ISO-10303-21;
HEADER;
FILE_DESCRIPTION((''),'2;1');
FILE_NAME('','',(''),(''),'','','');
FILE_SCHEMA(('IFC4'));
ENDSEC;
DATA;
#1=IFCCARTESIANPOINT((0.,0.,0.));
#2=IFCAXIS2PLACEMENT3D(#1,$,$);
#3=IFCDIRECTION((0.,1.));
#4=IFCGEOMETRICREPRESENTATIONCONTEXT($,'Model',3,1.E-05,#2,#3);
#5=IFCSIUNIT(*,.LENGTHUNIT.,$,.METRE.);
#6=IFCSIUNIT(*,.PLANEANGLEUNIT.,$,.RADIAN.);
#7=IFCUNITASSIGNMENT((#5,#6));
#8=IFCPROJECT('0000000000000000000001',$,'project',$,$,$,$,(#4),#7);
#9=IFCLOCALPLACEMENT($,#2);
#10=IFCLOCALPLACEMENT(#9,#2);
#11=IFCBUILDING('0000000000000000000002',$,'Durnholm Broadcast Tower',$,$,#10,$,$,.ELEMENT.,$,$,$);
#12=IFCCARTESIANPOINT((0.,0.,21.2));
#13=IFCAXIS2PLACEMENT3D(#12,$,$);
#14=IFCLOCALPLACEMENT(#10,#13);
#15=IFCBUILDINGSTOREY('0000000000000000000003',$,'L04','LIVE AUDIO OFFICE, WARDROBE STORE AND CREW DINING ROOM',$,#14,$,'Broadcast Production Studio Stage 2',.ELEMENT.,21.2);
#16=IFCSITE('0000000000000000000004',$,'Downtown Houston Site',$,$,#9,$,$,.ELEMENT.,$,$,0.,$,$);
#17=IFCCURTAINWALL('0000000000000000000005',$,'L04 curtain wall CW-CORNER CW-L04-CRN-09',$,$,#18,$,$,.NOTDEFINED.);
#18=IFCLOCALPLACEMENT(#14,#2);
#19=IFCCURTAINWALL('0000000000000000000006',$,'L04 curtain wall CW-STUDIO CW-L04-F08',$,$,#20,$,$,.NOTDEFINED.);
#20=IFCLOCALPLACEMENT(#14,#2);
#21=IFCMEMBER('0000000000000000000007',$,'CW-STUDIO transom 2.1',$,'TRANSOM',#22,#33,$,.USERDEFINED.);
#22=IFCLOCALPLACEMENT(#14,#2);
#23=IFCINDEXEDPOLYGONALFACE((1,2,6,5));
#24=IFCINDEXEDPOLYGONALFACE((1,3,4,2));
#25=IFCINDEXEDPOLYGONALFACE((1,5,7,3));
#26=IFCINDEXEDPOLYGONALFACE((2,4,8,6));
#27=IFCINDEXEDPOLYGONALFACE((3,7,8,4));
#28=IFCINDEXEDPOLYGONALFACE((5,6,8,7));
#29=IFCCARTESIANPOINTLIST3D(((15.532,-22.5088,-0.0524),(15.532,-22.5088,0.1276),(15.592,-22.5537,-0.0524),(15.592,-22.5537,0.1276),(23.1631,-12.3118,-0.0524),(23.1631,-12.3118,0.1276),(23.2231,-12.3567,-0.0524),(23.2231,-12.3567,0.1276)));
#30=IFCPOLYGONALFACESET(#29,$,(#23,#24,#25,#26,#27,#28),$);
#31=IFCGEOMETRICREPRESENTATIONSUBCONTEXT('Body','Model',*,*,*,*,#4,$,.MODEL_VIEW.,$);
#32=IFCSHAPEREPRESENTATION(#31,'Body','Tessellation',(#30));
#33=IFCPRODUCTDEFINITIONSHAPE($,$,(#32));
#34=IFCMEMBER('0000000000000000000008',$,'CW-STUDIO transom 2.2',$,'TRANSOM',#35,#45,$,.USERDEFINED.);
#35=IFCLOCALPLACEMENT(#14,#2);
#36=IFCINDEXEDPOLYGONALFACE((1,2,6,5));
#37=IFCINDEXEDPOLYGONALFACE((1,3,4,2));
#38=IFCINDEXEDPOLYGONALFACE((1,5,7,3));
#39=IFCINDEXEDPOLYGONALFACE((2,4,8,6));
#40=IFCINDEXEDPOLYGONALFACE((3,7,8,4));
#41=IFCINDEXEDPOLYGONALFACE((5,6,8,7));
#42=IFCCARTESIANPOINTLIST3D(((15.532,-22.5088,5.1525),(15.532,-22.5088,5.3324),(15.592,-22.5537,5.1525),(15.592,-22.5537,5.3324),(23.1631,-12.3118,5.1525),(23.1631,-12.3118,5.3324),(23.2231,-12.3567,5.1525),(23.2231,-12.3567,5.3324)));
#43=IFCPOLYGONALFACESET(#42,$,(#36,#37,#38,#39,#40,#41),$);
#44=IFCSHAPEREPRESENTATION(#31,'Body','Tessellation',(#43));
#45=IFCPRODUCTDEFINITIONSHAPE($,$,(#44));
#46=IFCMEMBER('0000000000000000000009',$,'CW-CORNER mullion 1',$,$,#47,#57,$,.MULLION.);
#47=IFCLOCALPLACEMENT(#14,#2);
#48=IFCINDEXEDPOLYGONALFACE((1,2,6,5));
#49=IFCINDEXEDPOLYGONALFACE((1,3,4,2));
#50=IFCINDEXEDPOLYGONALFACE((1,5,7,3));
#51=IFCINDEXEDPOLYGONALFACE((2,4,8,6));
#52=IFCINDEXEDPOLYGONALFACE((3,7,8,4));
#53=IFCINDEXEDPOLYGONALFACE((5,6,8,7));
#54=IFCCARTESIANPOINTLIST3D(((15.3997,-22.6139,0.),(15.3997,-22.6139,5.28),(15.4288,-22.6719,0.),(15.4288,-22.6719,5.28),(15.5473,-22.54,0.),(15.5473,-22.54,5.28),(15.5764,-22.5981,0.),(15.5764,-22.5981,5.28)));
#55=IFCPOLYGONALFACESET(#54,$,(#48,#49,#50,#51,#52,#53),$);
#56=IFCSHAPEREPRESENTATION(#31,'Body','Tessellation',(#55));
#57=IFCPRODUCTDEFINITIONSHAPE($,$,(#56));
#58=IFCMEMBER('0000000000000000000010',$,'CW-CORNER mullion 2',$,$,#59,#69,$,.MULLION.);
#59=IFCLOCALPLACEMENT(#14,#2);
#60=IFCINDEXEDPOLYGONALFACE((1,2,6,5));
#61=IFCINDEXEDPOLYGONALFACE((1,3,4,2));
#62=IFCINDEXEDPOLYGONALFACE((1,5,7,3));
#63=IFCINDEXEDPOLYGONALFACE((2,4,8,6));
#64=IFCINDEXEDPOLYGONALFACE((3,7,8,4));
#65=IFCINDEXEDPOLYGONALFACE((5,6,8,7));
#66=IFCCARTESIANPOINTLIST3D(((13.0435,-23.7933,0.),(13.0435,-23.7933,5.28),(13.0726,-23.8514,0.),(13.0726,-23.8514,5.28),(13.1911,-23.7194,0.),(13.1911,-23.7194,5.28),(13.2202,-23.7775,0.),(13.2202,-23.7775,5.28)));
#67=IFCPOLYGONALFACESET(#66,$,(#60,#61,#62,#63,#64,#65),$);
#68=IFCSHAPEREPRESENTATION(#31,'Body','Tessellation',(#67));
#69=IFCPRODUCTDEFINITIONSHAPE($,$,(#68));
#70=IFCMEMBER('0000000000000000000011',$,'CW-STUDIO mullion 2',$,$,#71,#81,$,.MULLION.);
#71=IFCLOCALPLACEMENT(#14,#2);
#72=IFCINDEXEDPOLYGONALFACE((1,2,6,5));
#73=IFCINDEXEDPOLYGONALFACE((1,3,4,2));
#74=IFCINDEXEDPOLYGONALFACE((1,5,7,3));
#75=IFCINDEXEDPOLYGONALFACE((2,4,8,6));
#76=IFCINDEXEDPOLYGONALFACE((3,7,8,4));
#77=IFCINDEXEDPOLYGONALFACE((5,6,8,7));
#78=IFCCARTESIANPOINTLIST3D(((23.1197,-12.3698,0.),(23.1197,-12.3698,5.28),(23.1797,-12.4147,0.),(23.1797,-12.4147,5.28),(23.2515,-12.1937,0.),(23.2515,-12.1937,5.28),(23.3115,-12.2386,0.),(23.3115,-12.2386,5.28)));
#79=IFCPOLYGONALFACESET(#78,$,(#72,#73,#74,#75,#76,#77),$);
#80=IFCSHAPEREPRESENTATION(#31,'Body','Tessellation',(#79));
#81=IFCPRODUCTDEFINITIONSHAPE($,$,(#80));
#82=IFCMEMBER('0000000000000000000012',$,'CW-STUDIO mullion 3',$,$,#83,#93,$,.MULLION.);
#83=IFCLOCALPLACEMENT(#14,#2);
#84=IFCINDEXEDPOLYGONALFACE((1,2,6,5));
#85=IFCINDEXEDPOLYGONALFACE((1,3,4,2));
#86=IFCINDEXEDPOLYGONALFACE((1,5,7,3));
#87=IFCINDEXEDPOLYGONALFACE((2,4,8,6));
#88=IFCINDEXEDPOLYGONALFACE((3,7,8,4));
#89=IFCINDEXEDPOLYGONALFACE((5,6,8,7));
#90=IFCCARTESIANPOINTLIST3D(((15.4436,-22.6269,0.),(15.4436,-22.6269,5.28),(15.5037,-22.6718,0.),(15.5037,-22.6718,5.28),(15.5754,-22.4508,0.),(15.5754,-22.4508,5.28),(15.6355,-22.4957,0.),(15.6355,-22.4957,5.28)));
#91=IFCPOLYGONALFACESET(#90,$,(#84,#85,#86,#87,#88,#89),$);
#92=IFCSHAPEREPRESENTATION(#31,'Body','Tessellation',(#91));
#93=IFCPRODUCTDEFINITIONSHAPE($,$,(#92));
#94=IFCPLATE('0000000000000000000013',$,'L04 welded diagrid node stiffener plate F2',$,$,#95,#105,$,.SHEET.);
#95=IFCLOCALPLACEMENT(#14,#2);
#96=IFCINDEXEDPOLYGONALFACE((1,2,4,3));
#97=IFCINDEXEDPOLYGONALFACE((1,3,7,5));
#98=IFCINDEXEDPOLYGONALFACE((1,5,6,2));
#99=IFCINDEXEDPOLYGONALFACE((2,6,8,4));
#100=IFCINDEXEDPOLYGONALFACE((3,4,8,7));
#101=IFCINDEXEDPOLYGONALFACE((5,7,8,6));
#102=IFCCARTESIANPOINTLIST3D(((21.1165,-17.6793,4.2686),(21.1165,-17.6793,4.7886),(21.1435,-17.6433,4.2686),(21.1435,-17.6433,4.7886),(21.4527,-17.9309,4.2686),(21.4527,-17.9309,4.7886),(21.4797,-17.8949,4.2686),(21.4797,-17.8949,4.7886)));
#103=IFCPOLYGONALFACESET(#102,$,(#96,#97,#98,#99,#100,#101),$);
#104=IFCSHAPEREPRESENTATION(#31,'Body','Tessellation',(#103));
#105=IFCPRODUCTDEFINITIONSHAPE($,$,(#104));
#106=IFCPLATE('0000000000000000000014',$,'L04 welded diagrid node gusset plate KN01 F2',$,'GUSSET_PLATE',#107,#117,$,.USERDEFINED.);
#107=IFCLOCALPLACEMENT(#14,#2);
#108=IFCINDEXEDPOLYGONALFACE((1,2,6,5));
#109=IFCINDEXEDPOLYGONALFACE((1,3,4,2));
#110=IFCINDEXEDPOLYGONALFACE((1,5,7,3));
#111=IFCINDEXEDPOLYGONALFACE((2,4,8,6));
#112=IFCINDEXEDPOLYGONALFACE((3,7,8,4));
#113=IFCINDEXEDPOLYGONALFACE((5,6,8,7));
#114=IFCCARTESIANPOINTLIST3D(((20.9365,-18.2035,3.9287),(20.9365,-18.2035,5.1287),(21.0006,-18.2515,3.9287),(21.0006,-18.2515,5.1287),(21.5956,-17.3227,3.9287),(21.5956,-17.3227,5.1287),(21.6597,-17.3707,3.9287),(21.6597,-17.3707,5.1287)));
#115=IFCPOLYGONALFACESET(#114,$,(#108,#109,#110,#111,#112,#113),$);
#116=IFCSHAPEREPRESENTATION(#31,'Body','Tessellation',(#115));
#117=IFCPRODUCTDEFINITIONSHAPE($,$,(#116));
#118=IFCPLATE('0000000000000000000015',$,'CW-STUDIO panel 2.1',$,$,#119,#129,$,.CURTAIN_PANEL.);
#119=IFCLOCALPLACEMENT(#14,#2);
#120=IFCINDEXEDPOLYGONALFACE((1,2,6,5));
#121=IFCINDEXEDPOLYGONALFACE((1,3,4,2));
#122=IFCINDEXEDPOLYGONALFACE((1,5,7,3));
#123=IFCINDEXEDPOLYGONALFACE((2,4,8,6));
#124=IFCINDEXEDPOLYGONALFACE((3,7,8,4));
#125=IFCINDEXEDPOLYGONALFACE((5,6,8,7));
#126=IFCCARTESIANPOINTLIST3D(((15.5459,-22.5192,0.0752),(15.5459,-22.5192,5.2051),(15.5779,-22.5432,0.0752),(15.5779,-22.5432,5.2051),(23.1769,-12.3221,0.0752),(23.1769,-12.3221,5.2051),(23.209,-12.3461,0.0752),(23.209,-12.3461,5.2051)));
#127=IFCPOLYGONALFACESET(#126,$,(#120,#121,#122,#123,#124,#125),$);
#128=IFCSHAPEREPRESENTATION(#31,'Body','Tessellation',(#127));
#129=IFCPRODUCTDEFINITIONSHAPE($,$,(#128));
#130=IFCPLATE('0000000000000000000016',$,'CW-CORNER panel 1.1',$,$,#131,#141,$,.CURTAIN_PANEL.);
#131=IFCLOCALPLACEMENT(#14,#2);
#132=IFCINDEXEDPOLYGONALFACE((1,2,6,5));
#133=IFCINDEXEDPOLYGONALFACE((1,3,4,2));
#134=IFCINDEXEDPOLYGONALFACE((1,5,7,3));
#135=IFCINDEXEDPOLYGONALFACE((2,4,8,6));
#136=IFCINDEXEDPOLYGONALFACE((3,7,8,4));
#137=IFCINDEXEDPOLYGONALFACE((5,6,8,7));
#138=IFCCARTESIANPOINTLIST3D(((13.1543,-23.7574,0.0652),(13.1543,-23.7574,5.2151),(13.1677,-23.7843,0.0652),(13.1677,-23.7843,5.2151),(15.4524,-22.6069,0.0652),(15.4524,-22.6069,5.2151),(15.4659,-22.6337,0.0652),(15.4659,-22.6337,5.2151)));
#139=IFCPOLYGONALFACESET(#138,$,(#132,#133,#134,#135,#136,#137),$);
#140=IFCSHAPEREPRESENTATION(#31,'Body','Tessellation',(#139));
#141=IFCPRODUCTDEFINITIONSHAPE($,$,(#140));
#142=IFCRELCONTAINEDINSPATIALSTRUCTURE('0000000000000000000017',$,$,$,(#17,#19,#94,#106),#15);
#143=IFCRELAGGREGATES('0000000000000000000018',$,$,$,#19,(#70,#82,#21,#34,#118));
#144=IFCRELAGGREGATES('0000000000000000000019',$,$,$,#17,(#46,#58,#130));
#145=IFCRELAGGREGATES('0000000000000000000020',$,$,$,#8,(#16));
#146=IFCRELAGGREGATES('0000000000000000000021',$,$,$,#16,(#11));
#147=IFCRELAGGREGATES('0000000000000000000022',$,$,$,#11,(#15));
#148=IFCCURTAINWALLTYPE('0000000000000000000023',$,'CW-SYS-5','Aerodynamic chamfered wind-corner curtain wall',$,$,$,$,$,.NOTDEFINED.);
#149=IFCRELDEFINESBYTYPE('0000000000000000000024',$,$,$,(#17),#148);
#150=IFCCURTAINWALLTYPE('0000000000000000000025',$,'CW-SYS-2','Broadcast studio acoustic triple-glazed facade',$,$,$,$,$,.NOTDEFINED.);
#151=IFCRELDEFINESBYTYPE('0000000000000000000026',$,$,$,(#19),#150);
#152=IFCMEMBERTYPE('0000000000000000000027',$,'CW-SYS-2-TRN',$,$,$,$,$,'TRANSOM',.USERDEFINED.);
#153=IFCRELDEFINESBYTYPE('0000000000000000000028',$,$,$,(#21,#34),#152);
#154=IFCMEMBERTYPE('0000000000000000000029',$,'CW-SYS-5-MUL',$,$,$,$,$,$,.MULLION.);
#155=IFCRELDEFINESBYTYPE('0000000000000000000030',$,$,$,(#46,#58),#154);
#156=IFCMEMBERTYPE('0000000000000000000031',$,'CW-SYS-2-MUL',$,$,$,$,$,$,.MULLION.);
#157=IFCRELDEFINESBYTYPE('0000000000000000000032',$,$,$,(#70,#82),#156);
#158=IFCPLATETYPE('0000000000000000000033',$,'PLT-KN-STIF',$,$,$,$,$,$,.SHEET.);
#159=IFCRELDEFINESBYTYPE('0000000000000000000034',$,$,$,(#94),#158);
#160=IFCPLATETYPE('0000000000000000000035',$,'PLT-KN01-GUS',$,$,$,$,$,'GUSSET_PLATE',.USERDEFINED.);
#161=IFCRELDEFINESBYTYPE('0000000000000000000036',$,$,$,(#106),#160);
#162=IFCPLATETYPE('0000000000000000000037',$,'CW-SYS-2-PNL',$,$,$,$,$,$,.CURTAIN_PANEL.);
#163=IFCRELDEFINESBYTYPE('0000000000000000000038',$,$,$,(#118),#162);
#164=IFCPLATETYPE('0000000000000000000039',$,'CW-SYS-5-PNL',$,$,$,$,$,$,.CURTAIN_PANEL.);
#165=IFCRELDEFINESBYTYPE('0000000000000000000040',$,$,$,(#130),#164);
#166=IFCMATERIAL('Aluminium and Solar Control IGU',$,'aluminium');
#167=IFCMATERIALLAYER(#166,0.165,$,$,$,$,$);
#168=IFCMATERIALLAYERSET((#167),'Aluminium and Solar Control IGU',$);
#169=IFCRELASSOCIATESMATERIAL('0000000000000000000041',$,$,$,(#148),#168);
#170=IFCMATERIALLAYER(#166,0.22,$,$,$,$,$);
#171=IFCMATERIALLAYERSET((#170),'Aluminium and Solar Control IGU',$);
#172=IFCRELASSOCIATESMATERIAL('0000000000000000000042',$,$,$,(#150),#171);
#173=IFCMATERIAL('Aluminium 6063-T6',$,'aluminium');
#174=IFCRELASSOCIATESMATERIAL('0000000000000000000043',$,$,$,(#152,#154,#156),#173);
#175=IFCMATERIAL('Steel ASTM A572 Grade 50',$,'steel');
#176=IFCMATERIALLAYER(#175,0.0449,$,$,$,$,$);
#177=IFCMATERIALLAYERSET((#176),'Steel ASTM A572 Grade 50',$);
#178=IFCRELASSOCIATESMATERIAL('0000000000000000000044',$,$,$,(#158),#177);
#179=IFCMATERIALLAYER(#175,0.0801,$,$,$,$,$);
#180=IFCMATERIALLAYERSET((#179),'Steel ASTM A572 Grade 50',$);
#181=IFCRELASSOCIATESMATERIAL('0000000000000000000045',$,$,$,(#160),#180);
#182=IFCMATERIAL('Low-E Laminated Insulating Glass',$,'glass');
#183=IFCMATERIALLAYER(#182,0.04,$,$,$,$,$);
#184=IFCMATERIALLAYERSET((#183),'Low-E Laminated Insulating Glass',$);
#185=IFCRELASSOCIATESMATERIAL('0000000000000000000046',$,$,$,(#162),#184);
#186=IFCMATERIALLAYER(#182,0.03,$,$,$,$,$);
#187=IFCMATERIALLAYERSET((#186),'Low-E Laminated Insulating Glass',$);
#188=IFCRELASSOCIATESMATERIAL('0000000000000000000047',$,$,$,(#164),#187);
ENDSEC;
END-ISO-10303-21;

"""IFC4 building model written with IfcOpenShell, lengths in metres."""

from ifc_helpers import new_model, si_unit, direction, frame, origin, origin_2d, place, context, subcontext, project, spatial, rectangle, extrude, source, transform, mapped, material, layer, layer_set, material_profile, profile_set, type_object, type_shapes, element, aggregate, save


model = new_model("IFC4")

# Units and contexts
model_context = context("Model", 3, precision=1e-05, world=origin(), true_north=direction((0.0, 1.0)))
body_context = subcontext(model_context, "Body", "Model", "MODEL_VIEW")
ifc_project = project(units=[si_unit("LENGTHUNIT", "METRE"), si_unit("PLANEANGLEUNIT", "RADIAN")], contexts=[model_context])

# Site, building, storey
site_placement = place(None, origin())
site = spatial("IfcSite", under=ifc_project, at=site_placement, Name="Downtown Houston Site", CompositionType="ELEMENT", RefElevation=0.0)
building_placement = place(site_placement, origin())
building = spatial("IfcBuilding", under=site, at=building_placement, Name="Durnholm Broadcast Tower", CompositionType="ELEMENT")
storey_placement = place(building_placement, frame((0.0, 0.0, 21.2)))
storey = spatial("IfcBuildingStorey", under=building, at=storey_placement, Name="L04", Description="LIVE AUDIO OFFICE, WARDROBE STORE AND CREW DINING ROOM", LongName="Broadcast Production Studio Stage 2", CompositionType="ELEMENT", Elevation=21.2)

# Curtain walls, members
ifc_material_1 = material(Name="Aluminium and Solar Control IGU", Category="aluminium")
ifc_layer_1 = layer(ifc_material_1, 0.165)
ifc_layer_set_1 = layer_set([ifc_layer_1], Name="Aluminium and Solar Control IGU")
curtain_wall_type_1 = type_object("IfcCurtainWallType", Name="CW-SYS-5", Description="Aerodynamic chamfered wind-corner curtain wall", PredefinedType="NOTDEFINED", material=ifc_layer_set_1)
curtain_wall_1_placement = place(storey_placement, origin())
curtain_wall_1 = element("IfcCurtainWall", 1, at=curtain_wall_1_placement, inside=storey, type_object=curtain_wall_type_1, Name="L04 curtain wall CW-CORNER CW-L04-CRN-09", PredefinedType="NOTDEFINED")
ifc_material_2 = material(Name="Aluminium 6063-T6", Category="aluminium")
ifc_layer_2 = layer(ifc_material_1, 0.22)
ifc_layer_set_2 = layer_set([ifc_layer_2], Name="Aluminium and Solar Control IGU")
curtain_wall_type_2 = type_object("IfcCurtainWallType", Name="CW-SYS-2", Description="Broadcast studio acoustic triple-glazed facade", PredefinedType="NOTDEFINED", material=ifc_layer_set_2)
curtain_wall_2_placement = place(storey_placement, origin())
curtain_wall_2 = element("IfcCurtainWall", 2, at=curtain_wall_2_placement, inside=storey, type_object=curtain_wall_type_2, Name="L04 curtain wall CW-STUDIO CW-L04-F08", PredefinedType="NOTDEFINED")
ifc_material_profile_1 = material_profile(ifc_material_2, rectangle(XDim=0.075, YDim=0.1799, at=origin_2d()), Name="CWT75X180")
ifc_profile_set_1 = profile_set([ifc_material_profile_1], Name="Aluminium 6063-T6")
member_type_1 = type_object("IfcMemberType", Name="CW-SYS-2-TRN", ElementType="TRANSOM", PredefinedType="USERDEFINED", material=ifc_profile_set_1)
shared_shape_1 = source(origin(), body_context, "Body", "SweptSolid", [
    extrude(rectangle(XDim=0.075, YDim=0.1799, at=origin_2d()), origin(), (0.0, 0.0, 1.0), 12.7363),
])
type_shapes(member_type_1, [shared_shape_1])
member_1_placement = place(storey_placement, frame((23.1931, -12.3342, 0.0376), z_axis=(-0.599162, -0.800628, 0.0), x_axis=(0.800628, -0.599162, 0.0)))
member_1 = element("IfcMember", 3, at=member_1_placement, type_object=member_type_1, Name="CW-STUDIO transom 2.1", ObjectType="TRANSOM", PredefinedType="USERDEFINED", context=body_context, shape_type="MappedRepresentation", body=[
    mapped(shared_shape_1, transform((0.0, 0.0, 0.0), x_axis=(1.0, 0.0, 0.0), y_axis=(0.0, 1.0, 0.0), z_axis=(0.0, 0.0, 1.0), scale=1.0)),
])
member_2_placement = place(storey_placement, frame((23.1931, -12.3342, 5.2424), z_axis=(-0.599162, -0.800628, 0.0), x_axis=(0.800628, -0.599162, 0.0)))
member_2 = element("IfcMember", 4, at=member_2_placement, type_object=member_type_1, Name="CW-STUDIO transom 2.2", ObjectType="TRANSOM", PredefinedType="USERDEFINED", context=body_context, shape_type="MappedRepresentation", body=[
    mapped(shared_shape_1, transform((0.0, 0.0, 0.0), x_axis=(1.0, 0.0, 0.0), y_axis=(0.0, 1.0, 0.0), z_axis=(0.0, 0.0, 1.0), scale=1.0)),
])

# Members
ifc_material_profile_2 = material_profile(ifc_material_2, rectangle(XDim=0.0649, YDim=0.165, at=origin_2d()), Name="CWM65X165")
ifc_profile_set_2 = profile_set([ifc_material_profile_2], Name="Aluminium 6063-T6")
member_type_2 = type_object("IfcMemberType", Name="CW-SYS-5-MUL", PredefinedType="MULLION", material=ifc_profile_set_2)
shared_shape_2 = source(origin(), body_context, "Body", "SweptSolid", [
    extrude(rectangle(XDim=0.0649, YDim=0.165, at=origin_2d()), origin(), (0.0, 0.0, 1.0), 5.28),
])
type_shapes(member_type_2, [shared_shape_2])
member_3_placement = place(storey_placement, frame((15.488, -22.606, 0.0), z_axis=(0.0, 0.0, 1.0), x_axis=(0.447673, -0.894197, 0.0)))
member_3 = element("IfcMember", 5, at=member_3_placement, type_object=member_type_2, Name="CW-CORNER mullion 1", PredefinedType="MULLION", context=body_context, shape_type="MappedRepresentation", body=[
    mapped(shared_shape_2, transform((0.0, 0.0, 0.0), x_axis=(1.0, 0.0, 0.0), y_axis=(0.0, 1.0, 0.0), z_axis=(0.0, 0.0, 1.0), scale=1.0)),
])
member_4_placement = place(storey_placement, frame((13.1318, -23.7854, 0.0), z_axis=(0.0, 0.0, 1.0), x_axis=(0.447673, -0.894197, 0.0)))
member_4 = element("IfcMember", 6, at=member_4_placement, type_object=member_type_2, Name="CW-CORNER mullion 2", PredefinedType="MULLION", context=body_context, shape_type="MappedRepresentation", body=[
    mapped(shared_shape_2, transform((0.0, 0.0, 0.0), x_axis=(1.0, 0.0, 0.0), y_axis=(0.0, 1.0, 0.0), z_axis=(0.0, 0.0, 1.0), scale=1.0)),
])
ifc_material_profile_3 = material_profile(ifc_material_2, rectangle(XDim=0.075, YDim=0.22, at=origin_2d()), Name="CWM75X220")
ifc_profile_set_3 = profile_set([ifc_material_profile_3], Name="Aluminium 6063-T6")
member_type_3 = type_object("IfcMemberType", Name="CW-SYS-2-MUL", PredefinedType="MULLION", material=ifc_profile_set_3)
shared_shape_3 = source(origin(), body_context, "Body", "SweptSolid", [
    extrude(rectangle(XDim=0.075, YDim=0.22, at=origin_2d()), origin(), (0.0, 0.0, 1.0), 5.28),
])
type_shapes(member_type_3, [shared_shape_3])
member_5_placement = place(storey_placement, frame((23.2156, -12.3042, 0.0), z_axis=(0.0, 0.0, 1.0), x_axis=(0.800632, -0.599157, 0.0)))
member_5 = element("IfcMember", 7, at=member_5_placement, type_object=member_type_3, Name="CW-STUDIO mullion 2", PredefinedType="MULLION", context=body_context, shape_type="MappedRepresentation", body=[
    mapped(shared_shape_3, transform((0.0, 0.0, 0.0), x_axis=(1.0, 0.0, 0.0), y_axis=(0.0, 1.0, 0.0), z_axis=(0.0, 0.0, 1.0), scale=1.0)),
])
member_6_placement = place(storey_placement, frame((15.5396, -22.5613, 0.0), z_axis=(0.0, 0.0, 1.0), x_axis=(0.800632, -0.599157, 0.0)))
member_6 = element("IfcMember", 8, at=member_6_placement, type_object=member_type_3, Name="CW-STUDIO mullion 3", PredefinedType="MULLION", context=body_context, shape_type="MappedRepresentation", body=[
    mapped(shared_shape_3, transform((0.0, 0.0, 0.0), x_axis=(1.0, 0.0, 0.0), y_axis=(0.0, 1.0, 0.0), z_axis=(0.0, 0.0, 1.0), scale=1.0)),
])

# Plates
ifc_material_3 = material(Name="Steel ASTM A572 Grade 50", Category="steel")
ifc_layer_3 = layer(ifc_material_3, 0.0449)
ifc_layer_set_3 = layer_set([ifc_layer_3], Name="Steel ASTM A572 Grade 50")
plate_type_1 = type_object("IfcPlateType", Name="PLT-KN-STIF", PredefinedType="SHEET", material=ifc_layer_set_3)
shared_shape_4 = source(origin(), body_context, "Body", "SweptSolid", [
    extrude(rectangle(XDim=0.0449, YDim=0.4199, at=origin_2d()), origin(), (0.0, 0.0, 1.0), 0.52),
])
type_shapes(plate_type_1, [shared_shape_4])
plate_1_placement = place(storey_placement, frame((21.2981, -17.7871, 4.2686), z_axis=(0.0, 0.0, 1.0), x_axis=(0.599163, 0.800627, 0.0)))
element("IfcPlate", 9, at=plate_1_placement, inside=storey, type_object=plate_type_1, Name="L04 welded diagrid node stiffener plate F2", PredefinedType="SHEET", context=body_context, shape_type="MappedRepresentation", body=[
    mapped(shared_shape_4, transform((0.0, 0.0, 0.0), x_axis=(1.0, 0.0, 0.0), y_axis=(0.0, 1.0, 0.0), z_axis=(0.0, 0.0, 1.0), scale=1.0)),
])
ifc_layer_4 = layer(ifc_material_3, 0.0801)
ifc_layer_set_4 = layer_set([ifc_layer_4], Name="Steel ASTM A572 Grade 50")
plate_type_2 = type_object("IfcPlateType", Name="PLT-KN01-GUS", ElementType="GUSSET_PLATE", PredefinedType="USERDEFINED", material=ifc_layer_set_4)
shared_shape_5 = source(origin(), body_context, "Body", "SweptSolid", [
    extrude(rectangle(XDim=1.1001, YDim=0.0801, at=origin_2d()), origin(), (0.0, 0.0, 1.0), 1.2),
])
type_shapes(plate_type_2, [shared_shape_5])
plate_2_placement = place(storey_placement, frame((21.2981, -17.7871, 3.9287), z_axis=(0.0, 0.0, 1.0), x_axis=(0.599163, 0.800627, 0.0)))
element("IfcPlate", 10, at=plate_2_placement, inside=storey, type_object=plate_type_2, Name="L04 welded diagrid node gusset plate KN01 F2", ObjectType="GUSSET_PLATE", PredefinedType="USERDEFINED", context=body_context, shape_type="MappedRepresentation", body=[
    mapped(shared_shape_5, transform((0.0, 0.0, 0.0), x_axis=(1.0, 0.0, 0.0), y_axis=(0.0, 1.0, 0.0), z_axis=(0.0, 0.0, 1.0), scale=1.0)),
])

# Plates
ifc_material_4 = material(Name="Low-E Laminated Insulating Glass", Category="glass")
ifc_layer_5 = layer(ifc_material_4, 0.04)
ifc_layer_set_5 = layer_set([ifc_layer_5], Name="Low-E Laminated Insulating Glass")
plate_type_3 = type_object("IfcPlateType", Name="CW-SYS-2-PNL", PredefinedType="CURTAIN_PANEL", material=ifc_layer_set_5)
shared_shape_6 = source(origin(), body_context, "Body", "SweptSolid", [
    extrude(rectangle(XDim=12.7363, YDim=0.04, at=origin_2d()), origin(), (0.0, 0.0, 1.0), 5.1299),
])
type_shapes(plate_type_3, [shared_shape_6])
plate_3_placement = place(storey_placement, frame((19.3774, -17.4326, 0.0752), z_axis=(0.0, 0.0, 1.0), x_axis=(-0.599157, -0.800632, 0.0)))
plate_3 = element("IfcPlate", 11, at=plate_3_placement, type_object=plate_type_3, Name="CW-STUDIO panel 2.1", PredefinedType="CURTAIN_PANEL", context=body_context, shape_type="MappedRepresentation", body=[
    mapped(shared_shape_6, transform((0.0, 0.0, 0.0), x_axis=(1.0, 0.0, 0.0), y_axis=(0.0, 1.0, 0.0), z_axis=(0.0, 0.0, 1.0), scale=1.0)),
])
aggregate(curtain_wall_2, [member_5, member_6, member_1, member_2, plate_3])
ifc_layer_6 = layer(ifc_material_4, 0.03)
ifc_layer_set_6 = layer_set([ifc_layer_6], Name="Low-E Laminated Insulating Glass")
plate_type_4 = type_object("IfcPlateType", Name="CW-SYS-5-PNL", PredefinedType="CURTAIN_PANEL", material=ifc_layer_set_6)
shared_shape_7 = source(origin(), body_context, "Body", "SweptSolid", [
    extrude(rectangle(XDim=2.5701, YDim=0.03, at=origin_2d()), origin(), (0.0, 0.0, 1.0), 5.1499),
])
type_shapes(plate_type_4, [shared_shape_7])
plate_4_placement = place(storey_placement, frame((14.3101, -23.1956, 0.0652), z_axis=(0.0, 0.0, 1.0), x_axis=(-0.894197, -0.447673, 0.0)))
plate_4 = element("IfcPlate", 12, at=plate_4_placement, type_object=plate_type_4, Name="CW-CORNER panel 1.1", PredefinedType="CURTAIN_PANEL", context=body_context, shape_type="MappedRepresentation", body=[
    mapped(shared_shape_7, transform((0.0, 0.0, 0.0), x_axis=(1.0, 0.0, 0.0), y_axis=(0.0, 1.0, 0.0), z_axis=(0.0, 0.0, 1.0), scale=1.0)),
])
aggregate(curtain_wall_1, [member_3, member_4, plate_4])

save(model, "model.ifc")
